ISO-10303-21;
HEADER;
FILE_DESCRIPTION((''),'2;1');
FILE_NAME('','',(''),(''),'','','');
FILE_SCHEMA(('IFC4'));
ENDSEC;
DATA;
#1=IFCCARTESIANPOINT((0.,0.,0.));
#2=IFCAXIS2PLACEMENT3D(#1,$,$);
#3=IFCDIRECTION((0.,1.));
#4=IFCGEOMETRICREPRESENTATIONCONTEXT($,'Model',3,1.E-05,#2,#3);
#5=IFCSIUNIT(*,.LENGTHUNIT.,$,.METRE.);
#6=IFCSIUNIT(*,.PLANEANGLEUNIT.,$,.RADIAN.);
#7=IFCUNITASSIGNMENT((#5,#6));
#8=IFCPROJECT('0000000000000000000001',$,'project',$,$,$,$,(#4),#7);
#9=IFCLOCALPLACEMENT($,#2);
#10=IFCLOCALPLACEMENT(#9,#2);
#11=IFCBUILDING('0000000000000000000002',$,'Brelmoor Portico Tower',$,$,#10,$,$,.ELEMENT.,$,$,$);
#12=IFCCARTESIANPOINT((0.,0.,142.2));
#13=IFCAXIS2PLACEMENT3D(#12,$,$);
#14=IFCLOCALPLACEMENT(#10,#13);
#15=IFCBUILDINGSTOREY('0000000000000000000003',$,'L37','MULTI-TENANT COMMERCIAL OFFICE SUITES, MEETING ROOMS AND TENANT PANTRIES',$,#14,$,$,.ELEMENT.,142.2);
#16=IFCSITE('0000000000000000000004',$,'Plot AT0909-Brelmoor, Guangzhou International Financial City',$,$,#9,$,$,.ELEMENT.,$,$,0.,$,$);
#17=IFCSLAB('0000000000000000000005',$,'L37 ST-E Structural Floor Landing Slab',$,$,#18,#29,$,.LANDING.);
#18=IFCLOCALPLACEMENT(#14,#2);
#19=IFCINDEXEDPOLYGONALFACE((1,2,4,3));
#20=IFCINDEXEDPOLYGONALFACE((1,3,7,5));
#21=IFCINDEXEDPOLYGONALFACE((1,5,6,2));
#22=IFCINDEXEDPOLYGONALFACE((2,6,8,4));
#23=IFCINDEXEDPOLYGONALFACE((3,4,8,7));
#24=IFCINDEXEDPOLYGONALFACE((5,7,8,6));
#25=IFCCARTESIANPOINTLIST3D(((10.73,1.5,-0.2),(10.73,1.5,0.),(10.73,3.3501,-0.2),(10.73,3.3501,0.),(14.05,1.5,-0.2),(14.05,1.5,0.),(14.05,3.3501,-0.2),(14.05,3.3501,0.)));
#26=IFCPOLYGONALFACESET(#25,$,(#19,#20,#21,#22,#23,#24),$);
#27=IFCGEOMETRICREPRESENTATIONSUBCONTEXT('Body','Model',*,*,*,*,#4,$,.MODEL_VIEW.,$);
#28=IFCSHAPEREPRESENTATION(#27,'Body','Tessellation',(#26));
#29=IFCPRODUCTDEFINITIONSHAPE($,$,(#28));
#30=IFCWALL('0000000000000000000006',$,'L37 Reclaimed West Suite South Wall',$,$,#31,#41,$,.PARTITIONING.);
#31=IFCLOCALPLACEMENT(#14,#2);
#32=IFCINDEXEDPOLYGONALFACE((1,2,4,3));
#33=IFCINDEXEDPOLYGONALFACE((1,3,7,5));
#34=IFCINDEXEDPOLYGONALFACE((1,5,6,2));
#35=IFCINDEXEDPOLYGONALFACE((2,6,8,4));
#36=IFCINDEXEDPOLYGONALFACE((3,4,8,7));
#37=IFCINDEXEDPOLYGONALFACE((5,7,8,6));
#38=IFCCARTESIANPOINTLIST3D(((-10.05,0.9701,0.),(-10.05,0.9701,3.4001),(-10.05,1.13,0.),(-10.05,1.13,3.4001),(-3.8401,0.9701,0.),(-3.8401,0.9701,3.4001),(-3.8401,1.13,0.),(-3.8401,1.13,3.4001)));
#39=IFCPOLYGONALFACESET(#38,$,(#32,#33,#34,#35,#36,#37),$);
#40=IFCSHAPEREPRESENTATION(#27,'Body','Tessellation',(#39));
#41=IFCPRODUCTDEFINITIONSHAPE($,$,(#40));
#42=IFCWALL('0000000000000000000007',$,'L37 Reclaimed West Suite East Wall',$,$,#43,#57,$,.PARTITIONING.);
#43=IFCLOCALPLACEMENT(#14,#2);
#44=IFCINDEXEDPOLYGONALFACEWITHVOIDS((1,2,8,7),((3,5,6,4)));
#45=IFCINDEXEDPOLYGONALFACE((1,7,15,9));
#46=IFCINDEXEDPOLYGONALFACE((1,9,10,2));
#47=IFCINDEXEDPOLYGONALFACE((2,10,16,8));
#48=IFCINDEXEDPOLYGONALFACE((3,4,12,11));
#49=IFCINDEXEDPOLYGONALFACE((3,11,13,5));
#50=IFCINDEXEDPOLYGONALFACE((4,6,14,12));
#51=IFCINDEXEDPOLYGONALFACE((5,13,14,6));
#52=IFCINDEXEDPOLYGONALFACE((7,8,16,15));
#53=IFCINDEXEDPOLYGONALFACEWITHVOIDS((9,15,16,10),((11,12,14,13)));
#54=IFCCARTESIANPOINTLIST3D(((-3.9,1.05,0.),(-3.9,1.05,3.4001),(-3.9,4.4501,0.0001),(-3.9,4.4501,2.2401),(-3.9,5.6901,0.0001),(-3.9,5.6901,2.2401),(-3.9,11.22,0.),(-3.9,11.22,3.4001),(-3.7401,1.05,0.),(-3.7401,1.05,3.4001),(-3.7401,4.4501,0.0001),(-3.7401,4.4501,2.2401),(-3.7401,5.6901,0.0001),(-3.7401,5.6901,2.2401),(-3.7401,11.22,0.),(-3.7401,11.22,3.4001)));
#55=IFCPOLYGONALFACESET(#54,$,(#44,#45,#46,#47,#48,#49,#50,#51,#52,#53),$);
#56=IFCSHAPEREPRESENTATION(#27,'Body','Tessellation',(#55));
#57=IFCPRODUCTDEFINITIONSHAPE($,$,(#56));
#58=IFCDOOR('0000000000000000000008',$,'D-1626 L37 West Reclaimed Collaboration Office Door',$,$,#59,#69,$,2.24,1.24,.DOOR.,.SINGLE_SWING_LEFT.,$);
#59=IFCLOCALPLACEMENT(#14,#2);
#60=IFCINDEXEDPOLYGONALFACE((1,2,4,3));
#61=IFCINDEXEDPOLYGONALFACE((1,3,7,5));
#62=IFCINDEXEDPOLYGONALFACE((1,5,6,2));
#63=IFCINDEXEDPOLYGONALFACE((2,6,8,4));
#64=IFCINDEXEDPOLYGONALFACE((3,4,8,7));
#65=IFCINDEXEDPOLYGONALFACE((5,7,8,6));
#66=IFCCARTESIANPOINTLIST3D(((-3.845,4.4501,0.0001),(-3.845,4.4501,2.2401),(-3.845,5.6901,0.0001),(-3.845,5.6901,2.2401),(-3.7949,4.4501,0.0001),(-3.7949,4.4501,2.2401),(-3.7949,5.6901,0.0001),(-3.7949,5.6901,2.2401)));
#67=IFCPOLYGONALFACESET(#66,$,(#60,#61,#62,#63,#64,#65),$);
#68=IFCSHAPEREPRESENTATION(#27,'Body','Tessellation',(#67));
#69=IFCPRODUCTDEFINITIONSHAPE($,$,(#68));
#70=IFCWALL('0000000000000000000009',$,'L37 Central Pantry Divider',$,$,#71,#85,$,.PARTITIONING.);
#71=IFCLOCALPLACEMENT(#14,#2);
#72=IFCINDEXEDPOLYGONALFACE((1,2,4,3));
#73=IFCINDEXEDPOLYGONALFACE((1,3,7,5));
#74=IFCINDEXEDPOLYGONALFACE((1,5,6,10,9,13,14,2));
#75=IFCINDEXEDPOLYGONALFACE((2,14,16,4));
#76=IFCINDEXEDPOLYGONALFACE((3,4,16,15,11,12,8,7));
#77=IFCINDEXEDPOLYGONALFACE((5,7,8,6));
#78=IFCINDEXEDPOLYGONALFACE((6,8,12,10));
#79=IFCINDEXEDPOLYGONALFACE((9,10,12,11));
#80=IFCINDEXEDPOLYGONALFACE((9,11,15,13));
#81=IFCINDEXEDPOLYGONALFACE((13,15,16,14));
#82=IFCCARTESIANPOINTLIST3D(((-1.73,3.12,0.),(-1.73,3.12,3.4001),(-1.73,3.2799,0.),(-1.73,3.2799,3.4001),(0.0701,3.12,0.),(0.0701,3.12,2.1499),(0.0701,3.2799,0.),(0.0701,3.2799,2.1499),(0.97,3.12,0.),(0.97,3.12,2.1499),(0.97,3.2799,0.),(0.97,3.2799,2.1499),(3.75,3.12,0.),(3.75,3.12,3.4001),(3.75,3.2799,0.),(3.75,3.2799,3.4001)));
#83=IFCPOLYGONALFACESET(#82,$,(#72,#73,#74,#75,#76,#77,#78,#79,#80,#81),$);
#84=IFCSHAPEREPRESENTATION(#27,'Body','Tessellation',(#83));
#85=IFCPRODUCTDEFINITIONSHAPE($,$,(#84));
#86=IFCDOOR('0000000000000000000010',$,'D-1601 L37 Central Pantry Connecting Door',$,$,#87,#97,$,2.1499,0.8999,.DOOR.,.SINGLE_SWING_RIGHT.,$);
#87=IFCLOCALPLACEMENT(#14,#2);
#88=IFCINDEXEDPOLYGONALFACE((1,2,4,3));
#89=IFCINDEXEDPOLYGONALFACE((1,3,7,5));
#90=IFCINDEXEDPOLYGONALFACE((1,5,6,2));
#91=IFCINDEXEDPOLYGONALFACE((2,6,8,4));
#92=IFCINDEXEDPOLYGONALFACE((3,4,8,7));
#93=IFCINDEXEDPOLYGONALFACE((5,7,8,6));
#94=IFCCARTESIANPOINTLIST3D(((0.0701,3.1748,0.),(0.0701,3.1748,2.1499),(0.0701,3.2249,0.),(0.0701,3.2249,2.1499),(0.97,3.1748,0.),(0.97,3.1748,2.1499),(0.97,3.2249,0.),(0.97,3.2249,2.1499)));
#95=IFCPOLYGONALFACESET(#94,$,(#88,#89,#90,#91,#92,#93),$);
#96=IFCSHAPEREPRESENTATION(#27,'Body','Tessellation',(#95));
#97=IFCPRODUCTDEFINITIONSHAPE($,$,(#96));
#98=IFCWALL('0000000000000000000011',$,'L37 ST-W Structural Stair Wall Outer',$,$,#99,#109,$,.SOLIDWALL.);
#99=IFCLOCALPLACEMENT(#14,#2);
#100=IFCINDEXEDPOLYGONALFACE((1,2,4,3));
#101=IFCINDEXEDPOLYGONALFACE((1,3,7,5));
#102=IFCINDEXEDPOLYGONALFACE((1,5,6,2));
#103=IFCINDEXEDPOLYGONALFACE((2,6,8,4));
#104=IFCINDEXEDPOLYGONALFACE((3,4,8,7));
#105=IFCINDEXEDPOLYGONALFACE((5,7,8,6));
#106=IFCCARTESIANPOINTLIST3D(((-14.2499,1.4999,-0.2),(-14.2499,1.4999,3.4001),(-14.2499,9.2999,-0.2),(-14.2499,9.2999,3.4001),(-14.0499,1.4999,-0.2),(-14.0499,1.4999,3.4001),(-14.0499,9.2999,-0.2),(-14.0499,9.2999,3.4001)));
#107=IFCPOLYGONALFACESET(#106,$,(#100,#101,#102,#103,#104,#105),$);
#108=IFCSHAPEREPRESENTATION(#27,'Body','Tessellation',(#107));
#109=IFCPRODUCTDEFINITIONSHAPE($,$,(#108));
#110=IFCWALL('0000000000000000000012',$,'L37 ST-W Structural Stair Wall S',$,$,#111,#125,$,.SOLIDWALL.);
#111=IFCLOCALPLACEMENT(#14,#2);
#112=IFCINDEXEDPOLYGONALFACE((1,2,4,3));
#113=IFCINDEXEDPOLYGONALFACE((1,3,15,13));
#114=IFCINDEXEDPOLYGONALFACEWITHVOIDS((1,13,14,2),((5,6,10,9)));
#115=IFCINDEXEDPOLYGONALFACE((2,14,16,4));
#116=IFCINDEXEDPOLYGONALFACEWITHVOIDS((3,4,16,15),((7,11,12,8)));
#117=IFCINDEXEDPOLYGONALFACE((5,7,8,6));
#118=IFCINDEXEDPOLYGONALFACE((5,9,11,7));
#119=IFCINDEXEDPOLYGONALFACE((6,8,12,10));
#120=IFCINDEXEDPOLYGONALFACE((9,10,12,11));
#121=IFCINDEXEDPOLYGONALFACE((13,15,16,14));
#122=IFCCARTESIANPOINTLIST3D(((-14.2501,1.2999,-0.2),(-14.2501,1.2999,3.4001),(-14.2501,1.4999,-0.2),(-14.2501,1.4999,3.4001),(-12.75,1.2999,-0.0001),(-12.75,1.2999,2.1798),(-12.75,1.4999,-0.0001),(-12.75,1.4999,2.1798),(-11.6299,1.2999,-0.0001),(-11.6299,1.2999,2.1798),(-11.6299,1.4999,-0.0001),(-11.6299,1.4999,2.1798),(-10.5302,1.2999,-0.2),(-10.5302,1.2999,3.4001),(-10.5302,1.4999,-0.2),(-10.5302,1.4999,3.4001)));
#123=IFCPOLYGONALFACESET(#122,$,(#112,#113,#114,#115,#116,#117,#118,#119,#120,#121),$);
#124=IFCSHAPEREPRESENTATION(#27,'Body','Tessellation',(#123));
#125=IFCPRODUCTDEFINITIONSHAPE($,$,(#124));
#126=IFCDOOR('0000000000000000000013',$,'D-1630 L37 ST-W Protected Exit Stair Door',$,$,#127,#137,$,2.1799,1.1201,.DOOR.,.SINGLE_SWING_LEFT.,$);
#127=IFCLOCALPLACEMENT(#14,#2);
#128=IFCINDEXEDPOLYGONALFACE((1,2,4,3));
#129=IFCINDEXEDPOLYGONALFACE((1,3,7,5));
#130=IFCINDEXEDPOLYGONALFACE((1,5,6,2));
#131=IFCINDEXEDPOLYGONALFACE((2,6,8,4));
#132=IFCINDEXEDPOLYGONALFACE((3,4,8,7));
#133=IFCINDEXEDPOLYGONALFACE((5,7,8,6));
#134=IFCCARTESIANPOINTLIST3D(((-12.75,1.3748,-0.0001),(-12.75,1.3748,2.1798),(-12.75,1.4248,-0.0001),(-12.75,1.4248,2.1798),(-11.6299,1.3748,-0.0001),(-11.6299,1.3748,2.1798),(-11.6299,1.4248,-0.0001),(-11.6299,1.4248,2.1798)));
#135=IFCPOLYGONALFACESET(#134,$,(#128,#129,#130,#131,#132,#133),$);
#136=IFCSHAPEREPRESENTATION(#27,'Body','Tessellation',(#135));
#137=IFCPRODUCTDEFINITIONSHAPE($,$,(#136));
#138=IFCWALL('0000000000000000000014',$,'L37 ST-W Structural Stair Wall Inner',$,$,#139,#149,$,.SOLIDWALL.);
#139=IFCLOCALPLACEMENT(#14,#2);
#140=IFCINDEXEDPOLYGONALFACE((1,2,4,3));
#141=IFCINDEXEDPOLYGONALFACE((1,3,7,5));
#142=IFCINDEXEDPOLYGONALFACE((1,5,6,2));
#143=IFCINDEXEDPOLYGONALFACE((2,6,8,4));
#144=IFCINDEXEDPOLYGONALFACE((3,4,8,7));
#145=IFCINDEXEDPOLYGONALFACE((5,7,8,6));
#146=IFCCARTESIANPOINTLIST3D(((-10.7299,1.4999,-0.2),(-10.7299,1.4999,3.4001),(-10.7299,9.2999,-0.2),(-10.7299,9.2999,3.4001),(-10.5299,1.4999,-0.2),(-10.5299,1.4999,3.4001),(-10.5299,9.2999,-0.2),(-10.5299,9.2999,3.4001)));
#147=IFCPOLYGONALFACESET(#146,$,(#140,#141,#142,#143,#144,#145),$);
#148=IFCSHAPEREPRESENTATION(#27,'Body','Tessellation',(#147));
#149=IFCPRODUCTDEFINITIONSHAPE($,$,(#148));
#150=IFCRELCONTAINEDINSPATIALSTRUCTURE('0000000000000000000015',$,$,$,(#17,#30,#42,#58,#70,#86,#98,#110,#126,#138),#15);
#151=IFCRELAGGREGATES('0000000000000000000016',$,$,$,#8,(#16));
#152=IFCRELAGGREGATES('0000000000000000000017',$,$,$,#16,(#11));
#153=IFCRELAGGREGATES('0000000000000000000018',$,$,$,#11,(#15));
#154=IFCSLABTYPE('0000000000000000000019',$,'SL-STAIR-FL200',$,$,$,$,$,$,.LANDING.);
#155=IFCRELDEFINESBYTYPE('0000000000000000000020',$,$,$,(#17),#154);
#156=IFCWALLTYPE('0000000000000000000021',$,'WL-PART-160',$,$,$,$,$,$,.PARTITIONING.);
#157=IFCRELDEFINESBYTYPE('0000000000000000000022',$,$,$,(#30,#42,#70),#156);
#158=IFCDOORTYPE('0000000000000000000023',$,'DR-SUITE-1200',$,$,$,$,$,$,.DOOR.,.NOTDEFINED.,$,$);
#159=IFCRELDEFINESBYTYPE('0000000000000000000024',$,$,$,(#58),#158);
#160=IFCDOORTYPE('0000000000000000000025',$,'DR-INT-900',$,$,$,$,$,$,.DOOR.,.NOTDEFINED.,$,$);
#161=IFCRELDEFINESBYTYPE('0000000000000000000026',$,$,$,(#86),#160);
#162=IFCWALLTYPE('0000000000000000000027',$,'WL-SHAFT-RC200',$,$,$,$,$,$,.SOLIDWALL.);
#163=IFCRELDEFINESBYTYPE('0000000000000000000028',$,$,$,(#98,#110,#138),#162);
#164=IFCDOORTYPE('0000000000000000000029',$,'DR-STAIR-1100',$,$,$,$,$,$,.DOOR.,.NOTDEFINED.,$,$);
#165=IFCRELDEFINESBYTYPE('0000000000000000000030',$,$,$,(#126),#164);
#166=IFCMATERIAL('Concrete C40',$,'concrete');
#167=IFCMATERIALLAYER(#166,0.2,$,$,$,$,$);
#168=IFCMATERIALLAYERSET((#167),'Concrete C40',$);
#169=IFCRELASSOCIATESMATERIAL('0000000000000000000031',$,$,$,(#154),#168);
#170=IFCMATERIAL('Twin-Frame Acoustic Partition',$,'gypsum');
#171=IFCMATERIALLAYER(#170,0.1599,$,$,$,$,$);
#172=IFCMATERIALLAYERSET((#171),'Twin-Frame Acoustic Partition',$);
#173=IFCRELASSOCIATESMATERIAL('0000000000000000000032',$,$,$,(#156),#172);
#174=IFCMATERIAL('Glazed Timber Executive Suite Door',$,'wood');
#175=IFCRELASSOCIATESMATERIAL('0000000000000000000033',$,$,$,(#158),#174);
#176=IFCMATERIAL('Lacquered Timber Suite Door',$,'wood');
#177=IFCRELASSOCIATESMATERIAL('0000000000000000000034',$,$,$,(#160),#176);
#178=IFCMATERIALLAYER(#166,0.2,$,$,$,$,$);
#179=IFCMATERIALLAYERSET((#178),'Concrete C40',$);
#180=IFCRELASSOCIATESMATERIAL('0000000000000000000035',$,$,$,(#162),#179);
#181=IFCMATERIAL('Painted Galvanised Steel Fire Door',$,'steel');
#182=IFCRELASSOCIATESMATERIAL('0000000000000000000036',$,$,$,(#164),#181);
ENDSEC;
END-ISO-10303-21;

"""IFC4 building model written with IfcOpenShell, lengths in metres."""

from ifc_helpers import new_model, si_unit, direction, frame, frame_2d, origin, place, context, subcontext, project, spatial, polyline, rectangle, outline, extrude, material, layer, layer_set, type_object, element, fill, save


model = new_model("IFC4")

# Units and contexts
model_context = context("Model", 3, precision=1e-05, world=origin(), true_north=direction((0.0, 1.0)))
body_context = subcontext(model_context, "Body", "Model", "MODEL_VIEW")
ifc_project = project(units=[si_unit("LENGTHUNIT", "METRE"), si_unit("PLANEANGLEUNIT", "RADIAN")], contexts=[model_context])

# Site, building, storey
site_placement = place(None, origin())
site = spatial("IfcSite", under=ifc_project, at=site_placement, Name="Plot AT0909-Brelmoor, Guangzhou International Financial City", CompositionType="ELEMENT", RefElevation=0.0)
building_placement = place(site_placement, origin())
building = spatial("IfcBuilding", under=site, at=building_placement, Name="Brelmoor Portico Tower", CompositionType="ELEMENT")
storey_placement = place(building_placement, frame((0.0, 0.0, 142.2)))
storey = spatial("IfcBuildingStorey", under=building, at=storey_placement, Name="L37", Description="MULTI-TENANT COMMERCIAL OFFICE SUITES, MEETING ROOMS AND TENANT PANTRIES", CompositionType="ELEMENT", Elevation=142.2)

# Slab
ifc_material_1 = material(Name="Concrete C40", Category="concrete")
ifc_layer_1 = layer(ifc_material_1, 0.2)
ifc_layer_set_1 = layer_set([ifc_layer_1], Name="Concrete C40")
slab_type_1 = type_object("IfcSlabType", Name="SL-STAIR-FL200", PredefinedType="LANDING", material=ifc_layer_set_1)
slab_1_placement = place(storey_placement, frame((0.0, 0.0, -0.2)))
element("IfcSlab", 1, at=slab_1_placement, inside=storey, type_object=slab_type_1, Name="L37 ST-E Structural Floor Landing Slab", PredefinedType="LANDING", context=body_context, shape_type="SweptSolid", body=[
    extrude(outline(polyline([(14.05, 1.5), (14.05, 3.3501), (10.73, 3.3501), (10.73, 1.5), (14.05, 1.5)])), origin(), (0.0, 0.0, 1.0), 0.2),
])

# Wall
ifc_material_2 = material(Name="Twin-Frame Acoustic Partition", Category="gypsum")
ifc_layer_2 = layer(ifc_material_2, 0.1599)
ifc_layer_set_2 = layer_set([ifc_layer_2], Name="Twin-Frame Acoustic Partition")
wall_type_1 = type_object("IfcWallType", Name="WL-PART-160", PredefinedType="PARTITIONING", material=ifc_layer_set_2)
wall_1_placement = place(storey_placement, frame((-10.05, 1.05, 0.0), z_axis=(0.0, 0.0, 1.0), x_axis=(1.0, 0.0, 0.0)))
element("IfcWall", 2, at=wall_1_placement, inside=storey, type_object=wall_type_1, Name="L37 Reclaimed West Suite South Wall", PredefinedType="PARTITIONING", context=body_context, shape_type="SweptSolid", body=[
    extrude(rectangle(XDim=6.21, YDim=0.1599, at=frame_2d((3.105, 0.0))), origin(), (0.0, 0.0, 1.0), 3.4001),
])

# Walls, openings, doors
wall_2_placement = place(storey_placement, frame((-3.8201, 1.05, 0.0), z_axis=(0.0, 0.0, 1.0), x_axis=(0.0, 1.0, 0.0)))
wall_2 = element("IfcWall", 3, at=wall_2_placement, inside=storey, type_object=wall_type_1, Name="L37 Reclaimed West Suite East Wall", PredefinedType="PARTITIONING", context=body_context, shape_type="SweptSolid", body=[
    extrude(rectangle(XDim=10.1699, YDim=0.1599, at=frame_2d((5.085, 0.0))), origin(), (0.0, 0.0, 1.0), 3.4001),
])
opening_1_placement = place(wall_2_placement, frame((3.3999, 0.0, 0.0)))
opening_1 = element("IfcOpeningElement", 4, at=opening_1_placement, cuts=wall_2, PredefinedType="OPENING", context=body_context, shape_type="SweptSolid", body=[
    extrude(rectangle(XDim=1.24, YDim=2.24, at=frame_2d((0.6201, 1.1201))), frame((0.0, 0.0898, 0.0), z_axis=(0.0, -1.0, 0.0), x_axis=(1.0, 0.0, 0.0)), (0.0, 0.0, 1.0), 0.1799),
])
ifc_material_3 = material(Name="Glazed Timber Executive Suite Door", Category="wood")
door_type_1 = type_object("IfcDoorType", Name="DR-SUITE-1200", OperationType="NOTDEFINED", PredefinedType="DOOR", material=ifc_material_3)
door_1_placement = place(opening_1_placement, origin())
door_1 = element("IfcDoor", 5, at=door_1_placement, inside=storey, type_object=door_type_1, Name="D-1626 L37 West Reclaimed Collaboration Office Door", OperationType="SINGLE_SWING_LEFT", OverallHeight=2.24, OverallWidth=1.24, PredefinedType="DOOR", context=body_context, shape_type="SweptSolid", body=[
    extrude(rectangle(XDim=1.24, YDim=2.24, at=frame_2d((0.6201, 1.1201))), frame((0.0, 0.0249, 0.0), z_axis=(0.0, -1.0, 0.0), x_axis=(1.0, 0.0, 0.0)), (0.0, 0.0, 1.0), 0.05),
])
fill(opening_1, door_1)
wall_3_placement = place(storey_placement, frame((-1.73, 3.2, 0.0), z_axis=(0.0, 0.0, 1.0), x_axis=(1.0, 0.0, 0.0)))
wall_3 = element("IfcWall", 6, at=wall_3_placement, inside=storey, type_object=wall_type_1, Name="L37 Central Pantry Divider", PredefinedType="PARTITIONING", context=body_context, shape_type="SweptSolid", body=[
    extrude(rectangle(XDim=5.48, YDim=0.1599, at=frame_2d((2.74, 0.0))), origin(), (0.0, 0.0, 1.0), 3.4001),
])
opening_2_placement = place(wall_3_placement, frame((1.8, 0.0, 0.0)))
opening_2 = element("IfcOpeningElement", 7, at=opening_2_placement, cuts=wall_3, PredefinedType="OPENING", context=body_context, shape_type="SweptSolid", body=[
    extrude(rectangle(XDim=0.8999, YDim=2.1499, at=frame_2d((0.45, 1.075))), frame((0.0, 0.0898, 0.0), z_axis=(0.0, -1.0, 0.0), x_axis=(1.0, 0.0, 0.0)), (0.0, 0.0, 1.0), 0.1799),
])
ifc_material_4 = material(Name="Lacquered Timber Suite Door", Category="wood")
door_type_2 = type_object("IfcDoorType", Name="DR-INT-900", OperationType="NOTDEFINED", PredefinedType="DOOR", material=ifc_material_4)
door_2_placement = place(opening_2_placement, origin())
door_2 = element("IfcDoor", 8, at=door_2_placement, inside=storey, type_object=door_type_2, Name="D-1601 L37 Central Pantry Connecting Door", OperationType="SINGLE_SWING_RIGHT", OverallHeight=2.1499, OverallWidth=0.8999, PredefinedType="DOOR", context=body_context, shape_type="SweptSolid", body=[
    extrude(rectangle(XDim=0.8999, YDim=2.1499, at=frame_2d((0.45, 1.075))), frame((0.0, 0.0249, 0.0), z_axis=(0.0, -1.0, 0.0), x_axis=(1.0, 0.0, 0.0)), (0.0, 0.0, 1.0), 0.05),
])
fill(opening_2, door_2)

# Wall
ifc_layer_3 = layer(ifc_material_1, 0.2)
ifc_layer_set_3 = layer_set([ifc_layer_3], Name="Concrete C40")
wall_type_2 = type_object("IfcWallType", Name="WL-SHAFT-RC200", PredefinedType="SOLIDWALL", material=ifc_layer_set_3)
wall_4_placement = place(storey_placement, frame((-14.1499, 1.5, -0.2), z_axis=(0.0, 0.0, 1.0), x_axis=(0.0, 1.0, 0.0)))
element("IfcWall", 9, at=wall_4_placement, inside=storey, type_object=wall_type_2, Name="L37 ST-W Structural Stair Wall Outer", PredefinedType="SOLIDWALL", context=body_context, shape_type="SweptSolid", body=[
    extrude(rectangle(XDim=7.8, YDim=0.2, at=frame_2d((3.8999, 0.0))), origin(), (0.0, 0.0, 1.0), 3.6001),
])

# Wall, opening, door
wall_5_placement = place(storey_placement, frame((-14.25, 1.3999, -0.2), z_axis=(0.0, 0.0, 1.0), x_axis=(1.0, 0.0, 0.0)))
wall_5 = element("IfcWall", 10, at=wall_5_placement, inside=storey, type_object=wall_type_2, Name="L37 ST-W Structural Stair Wall S", PredefinedType="SOLIDWALL", context=body_context, shape_type="SweptSolid", body=[
    extrude(rectangle(XDim=3.72, YDim=0.2, at=frame_2d((1.8599, 0.0))), origin(), (0.0, 0.0, 1.0), 3.6001),
])
opening_3_placement = place(wall_5_placement, frame((1.5, 0.0, 0.2)))
opening_3 = element("IfcOpeningElement", 11, at=opening_3_placement, cuts=wall_5, PredefinedType="OPENING", context=body_context, shape_type="SweptSolid", body=[
    extrude(rectangle(XDim=1.1201, YDim=2.1799, at=frame_2d((0.5601, 1.0898))), frame((0.0, 0.1099, 0.0), z_axis=(0.0, -1.0, 0.0), x_axis=(1.0, 0.0, 0.0)), (0.0, 0.0, 1.0), 0.22),
])
ifc_material_5 = material(Name="Painted Galvanised Steel Fire Door", Category="steel")
door_type_3 = type_object("IfcDoorType", Name="DR-STAIR-1100", OperationType="NOTDEFINED", PredefinedType="DOOR", material=ifc_material_5)
door_3_placement = place(opening_3_placement, origin())
door_3 = element("IfcDoor", 12, at=door_3_placement, inside=storey, type_object=door_type_3, Name="D-1630 L37 ST-W Protected Exit Stair Door", OperationType="SINGLE_SWING_LEFT", OverallHeight=2.1799, OverallWidth=1.1201, PredefinedType="DOOR", context=body_context, shape_type="SweptSolid", body=[
    extrude(rectangle(XDim=1.1201, YDim=2.1799, at=frame_2d((0.5601, 1.0898))), frame((0.0, 0.0249, 0.0), z_axis=(0.0, -1.0, 0.0), x_axis=(1.0, 0.0, 0.0)), (0.0, 0.0, 1.0), 0.05),
])
fill(opening_3, door_3)

# Wall
wall_6_placement = place(storey_placement, frame((-10.6299, 1.5, -0.2), z_axis=(0.0, 0.0, 1.0), x_axis=(0.0, 1.0, 0.0)))
element("IfcWall", 13, at=wall_6_placement, inside=storey, type_object=wall_type_2, Name="L37 ST-W Structural Stair Wall Inner", PredefinedType="SOLIDWALL", context=body_context, shape_type="SweptSolid", body=[
    extrude(rectangle(XDim=7.8, YDim=0.2, at=frame_2d((3.8999, 0.0))), origin(), (0.0, 0.0, 1.0), 3.6001),
])

save(model, "model.ifc")
